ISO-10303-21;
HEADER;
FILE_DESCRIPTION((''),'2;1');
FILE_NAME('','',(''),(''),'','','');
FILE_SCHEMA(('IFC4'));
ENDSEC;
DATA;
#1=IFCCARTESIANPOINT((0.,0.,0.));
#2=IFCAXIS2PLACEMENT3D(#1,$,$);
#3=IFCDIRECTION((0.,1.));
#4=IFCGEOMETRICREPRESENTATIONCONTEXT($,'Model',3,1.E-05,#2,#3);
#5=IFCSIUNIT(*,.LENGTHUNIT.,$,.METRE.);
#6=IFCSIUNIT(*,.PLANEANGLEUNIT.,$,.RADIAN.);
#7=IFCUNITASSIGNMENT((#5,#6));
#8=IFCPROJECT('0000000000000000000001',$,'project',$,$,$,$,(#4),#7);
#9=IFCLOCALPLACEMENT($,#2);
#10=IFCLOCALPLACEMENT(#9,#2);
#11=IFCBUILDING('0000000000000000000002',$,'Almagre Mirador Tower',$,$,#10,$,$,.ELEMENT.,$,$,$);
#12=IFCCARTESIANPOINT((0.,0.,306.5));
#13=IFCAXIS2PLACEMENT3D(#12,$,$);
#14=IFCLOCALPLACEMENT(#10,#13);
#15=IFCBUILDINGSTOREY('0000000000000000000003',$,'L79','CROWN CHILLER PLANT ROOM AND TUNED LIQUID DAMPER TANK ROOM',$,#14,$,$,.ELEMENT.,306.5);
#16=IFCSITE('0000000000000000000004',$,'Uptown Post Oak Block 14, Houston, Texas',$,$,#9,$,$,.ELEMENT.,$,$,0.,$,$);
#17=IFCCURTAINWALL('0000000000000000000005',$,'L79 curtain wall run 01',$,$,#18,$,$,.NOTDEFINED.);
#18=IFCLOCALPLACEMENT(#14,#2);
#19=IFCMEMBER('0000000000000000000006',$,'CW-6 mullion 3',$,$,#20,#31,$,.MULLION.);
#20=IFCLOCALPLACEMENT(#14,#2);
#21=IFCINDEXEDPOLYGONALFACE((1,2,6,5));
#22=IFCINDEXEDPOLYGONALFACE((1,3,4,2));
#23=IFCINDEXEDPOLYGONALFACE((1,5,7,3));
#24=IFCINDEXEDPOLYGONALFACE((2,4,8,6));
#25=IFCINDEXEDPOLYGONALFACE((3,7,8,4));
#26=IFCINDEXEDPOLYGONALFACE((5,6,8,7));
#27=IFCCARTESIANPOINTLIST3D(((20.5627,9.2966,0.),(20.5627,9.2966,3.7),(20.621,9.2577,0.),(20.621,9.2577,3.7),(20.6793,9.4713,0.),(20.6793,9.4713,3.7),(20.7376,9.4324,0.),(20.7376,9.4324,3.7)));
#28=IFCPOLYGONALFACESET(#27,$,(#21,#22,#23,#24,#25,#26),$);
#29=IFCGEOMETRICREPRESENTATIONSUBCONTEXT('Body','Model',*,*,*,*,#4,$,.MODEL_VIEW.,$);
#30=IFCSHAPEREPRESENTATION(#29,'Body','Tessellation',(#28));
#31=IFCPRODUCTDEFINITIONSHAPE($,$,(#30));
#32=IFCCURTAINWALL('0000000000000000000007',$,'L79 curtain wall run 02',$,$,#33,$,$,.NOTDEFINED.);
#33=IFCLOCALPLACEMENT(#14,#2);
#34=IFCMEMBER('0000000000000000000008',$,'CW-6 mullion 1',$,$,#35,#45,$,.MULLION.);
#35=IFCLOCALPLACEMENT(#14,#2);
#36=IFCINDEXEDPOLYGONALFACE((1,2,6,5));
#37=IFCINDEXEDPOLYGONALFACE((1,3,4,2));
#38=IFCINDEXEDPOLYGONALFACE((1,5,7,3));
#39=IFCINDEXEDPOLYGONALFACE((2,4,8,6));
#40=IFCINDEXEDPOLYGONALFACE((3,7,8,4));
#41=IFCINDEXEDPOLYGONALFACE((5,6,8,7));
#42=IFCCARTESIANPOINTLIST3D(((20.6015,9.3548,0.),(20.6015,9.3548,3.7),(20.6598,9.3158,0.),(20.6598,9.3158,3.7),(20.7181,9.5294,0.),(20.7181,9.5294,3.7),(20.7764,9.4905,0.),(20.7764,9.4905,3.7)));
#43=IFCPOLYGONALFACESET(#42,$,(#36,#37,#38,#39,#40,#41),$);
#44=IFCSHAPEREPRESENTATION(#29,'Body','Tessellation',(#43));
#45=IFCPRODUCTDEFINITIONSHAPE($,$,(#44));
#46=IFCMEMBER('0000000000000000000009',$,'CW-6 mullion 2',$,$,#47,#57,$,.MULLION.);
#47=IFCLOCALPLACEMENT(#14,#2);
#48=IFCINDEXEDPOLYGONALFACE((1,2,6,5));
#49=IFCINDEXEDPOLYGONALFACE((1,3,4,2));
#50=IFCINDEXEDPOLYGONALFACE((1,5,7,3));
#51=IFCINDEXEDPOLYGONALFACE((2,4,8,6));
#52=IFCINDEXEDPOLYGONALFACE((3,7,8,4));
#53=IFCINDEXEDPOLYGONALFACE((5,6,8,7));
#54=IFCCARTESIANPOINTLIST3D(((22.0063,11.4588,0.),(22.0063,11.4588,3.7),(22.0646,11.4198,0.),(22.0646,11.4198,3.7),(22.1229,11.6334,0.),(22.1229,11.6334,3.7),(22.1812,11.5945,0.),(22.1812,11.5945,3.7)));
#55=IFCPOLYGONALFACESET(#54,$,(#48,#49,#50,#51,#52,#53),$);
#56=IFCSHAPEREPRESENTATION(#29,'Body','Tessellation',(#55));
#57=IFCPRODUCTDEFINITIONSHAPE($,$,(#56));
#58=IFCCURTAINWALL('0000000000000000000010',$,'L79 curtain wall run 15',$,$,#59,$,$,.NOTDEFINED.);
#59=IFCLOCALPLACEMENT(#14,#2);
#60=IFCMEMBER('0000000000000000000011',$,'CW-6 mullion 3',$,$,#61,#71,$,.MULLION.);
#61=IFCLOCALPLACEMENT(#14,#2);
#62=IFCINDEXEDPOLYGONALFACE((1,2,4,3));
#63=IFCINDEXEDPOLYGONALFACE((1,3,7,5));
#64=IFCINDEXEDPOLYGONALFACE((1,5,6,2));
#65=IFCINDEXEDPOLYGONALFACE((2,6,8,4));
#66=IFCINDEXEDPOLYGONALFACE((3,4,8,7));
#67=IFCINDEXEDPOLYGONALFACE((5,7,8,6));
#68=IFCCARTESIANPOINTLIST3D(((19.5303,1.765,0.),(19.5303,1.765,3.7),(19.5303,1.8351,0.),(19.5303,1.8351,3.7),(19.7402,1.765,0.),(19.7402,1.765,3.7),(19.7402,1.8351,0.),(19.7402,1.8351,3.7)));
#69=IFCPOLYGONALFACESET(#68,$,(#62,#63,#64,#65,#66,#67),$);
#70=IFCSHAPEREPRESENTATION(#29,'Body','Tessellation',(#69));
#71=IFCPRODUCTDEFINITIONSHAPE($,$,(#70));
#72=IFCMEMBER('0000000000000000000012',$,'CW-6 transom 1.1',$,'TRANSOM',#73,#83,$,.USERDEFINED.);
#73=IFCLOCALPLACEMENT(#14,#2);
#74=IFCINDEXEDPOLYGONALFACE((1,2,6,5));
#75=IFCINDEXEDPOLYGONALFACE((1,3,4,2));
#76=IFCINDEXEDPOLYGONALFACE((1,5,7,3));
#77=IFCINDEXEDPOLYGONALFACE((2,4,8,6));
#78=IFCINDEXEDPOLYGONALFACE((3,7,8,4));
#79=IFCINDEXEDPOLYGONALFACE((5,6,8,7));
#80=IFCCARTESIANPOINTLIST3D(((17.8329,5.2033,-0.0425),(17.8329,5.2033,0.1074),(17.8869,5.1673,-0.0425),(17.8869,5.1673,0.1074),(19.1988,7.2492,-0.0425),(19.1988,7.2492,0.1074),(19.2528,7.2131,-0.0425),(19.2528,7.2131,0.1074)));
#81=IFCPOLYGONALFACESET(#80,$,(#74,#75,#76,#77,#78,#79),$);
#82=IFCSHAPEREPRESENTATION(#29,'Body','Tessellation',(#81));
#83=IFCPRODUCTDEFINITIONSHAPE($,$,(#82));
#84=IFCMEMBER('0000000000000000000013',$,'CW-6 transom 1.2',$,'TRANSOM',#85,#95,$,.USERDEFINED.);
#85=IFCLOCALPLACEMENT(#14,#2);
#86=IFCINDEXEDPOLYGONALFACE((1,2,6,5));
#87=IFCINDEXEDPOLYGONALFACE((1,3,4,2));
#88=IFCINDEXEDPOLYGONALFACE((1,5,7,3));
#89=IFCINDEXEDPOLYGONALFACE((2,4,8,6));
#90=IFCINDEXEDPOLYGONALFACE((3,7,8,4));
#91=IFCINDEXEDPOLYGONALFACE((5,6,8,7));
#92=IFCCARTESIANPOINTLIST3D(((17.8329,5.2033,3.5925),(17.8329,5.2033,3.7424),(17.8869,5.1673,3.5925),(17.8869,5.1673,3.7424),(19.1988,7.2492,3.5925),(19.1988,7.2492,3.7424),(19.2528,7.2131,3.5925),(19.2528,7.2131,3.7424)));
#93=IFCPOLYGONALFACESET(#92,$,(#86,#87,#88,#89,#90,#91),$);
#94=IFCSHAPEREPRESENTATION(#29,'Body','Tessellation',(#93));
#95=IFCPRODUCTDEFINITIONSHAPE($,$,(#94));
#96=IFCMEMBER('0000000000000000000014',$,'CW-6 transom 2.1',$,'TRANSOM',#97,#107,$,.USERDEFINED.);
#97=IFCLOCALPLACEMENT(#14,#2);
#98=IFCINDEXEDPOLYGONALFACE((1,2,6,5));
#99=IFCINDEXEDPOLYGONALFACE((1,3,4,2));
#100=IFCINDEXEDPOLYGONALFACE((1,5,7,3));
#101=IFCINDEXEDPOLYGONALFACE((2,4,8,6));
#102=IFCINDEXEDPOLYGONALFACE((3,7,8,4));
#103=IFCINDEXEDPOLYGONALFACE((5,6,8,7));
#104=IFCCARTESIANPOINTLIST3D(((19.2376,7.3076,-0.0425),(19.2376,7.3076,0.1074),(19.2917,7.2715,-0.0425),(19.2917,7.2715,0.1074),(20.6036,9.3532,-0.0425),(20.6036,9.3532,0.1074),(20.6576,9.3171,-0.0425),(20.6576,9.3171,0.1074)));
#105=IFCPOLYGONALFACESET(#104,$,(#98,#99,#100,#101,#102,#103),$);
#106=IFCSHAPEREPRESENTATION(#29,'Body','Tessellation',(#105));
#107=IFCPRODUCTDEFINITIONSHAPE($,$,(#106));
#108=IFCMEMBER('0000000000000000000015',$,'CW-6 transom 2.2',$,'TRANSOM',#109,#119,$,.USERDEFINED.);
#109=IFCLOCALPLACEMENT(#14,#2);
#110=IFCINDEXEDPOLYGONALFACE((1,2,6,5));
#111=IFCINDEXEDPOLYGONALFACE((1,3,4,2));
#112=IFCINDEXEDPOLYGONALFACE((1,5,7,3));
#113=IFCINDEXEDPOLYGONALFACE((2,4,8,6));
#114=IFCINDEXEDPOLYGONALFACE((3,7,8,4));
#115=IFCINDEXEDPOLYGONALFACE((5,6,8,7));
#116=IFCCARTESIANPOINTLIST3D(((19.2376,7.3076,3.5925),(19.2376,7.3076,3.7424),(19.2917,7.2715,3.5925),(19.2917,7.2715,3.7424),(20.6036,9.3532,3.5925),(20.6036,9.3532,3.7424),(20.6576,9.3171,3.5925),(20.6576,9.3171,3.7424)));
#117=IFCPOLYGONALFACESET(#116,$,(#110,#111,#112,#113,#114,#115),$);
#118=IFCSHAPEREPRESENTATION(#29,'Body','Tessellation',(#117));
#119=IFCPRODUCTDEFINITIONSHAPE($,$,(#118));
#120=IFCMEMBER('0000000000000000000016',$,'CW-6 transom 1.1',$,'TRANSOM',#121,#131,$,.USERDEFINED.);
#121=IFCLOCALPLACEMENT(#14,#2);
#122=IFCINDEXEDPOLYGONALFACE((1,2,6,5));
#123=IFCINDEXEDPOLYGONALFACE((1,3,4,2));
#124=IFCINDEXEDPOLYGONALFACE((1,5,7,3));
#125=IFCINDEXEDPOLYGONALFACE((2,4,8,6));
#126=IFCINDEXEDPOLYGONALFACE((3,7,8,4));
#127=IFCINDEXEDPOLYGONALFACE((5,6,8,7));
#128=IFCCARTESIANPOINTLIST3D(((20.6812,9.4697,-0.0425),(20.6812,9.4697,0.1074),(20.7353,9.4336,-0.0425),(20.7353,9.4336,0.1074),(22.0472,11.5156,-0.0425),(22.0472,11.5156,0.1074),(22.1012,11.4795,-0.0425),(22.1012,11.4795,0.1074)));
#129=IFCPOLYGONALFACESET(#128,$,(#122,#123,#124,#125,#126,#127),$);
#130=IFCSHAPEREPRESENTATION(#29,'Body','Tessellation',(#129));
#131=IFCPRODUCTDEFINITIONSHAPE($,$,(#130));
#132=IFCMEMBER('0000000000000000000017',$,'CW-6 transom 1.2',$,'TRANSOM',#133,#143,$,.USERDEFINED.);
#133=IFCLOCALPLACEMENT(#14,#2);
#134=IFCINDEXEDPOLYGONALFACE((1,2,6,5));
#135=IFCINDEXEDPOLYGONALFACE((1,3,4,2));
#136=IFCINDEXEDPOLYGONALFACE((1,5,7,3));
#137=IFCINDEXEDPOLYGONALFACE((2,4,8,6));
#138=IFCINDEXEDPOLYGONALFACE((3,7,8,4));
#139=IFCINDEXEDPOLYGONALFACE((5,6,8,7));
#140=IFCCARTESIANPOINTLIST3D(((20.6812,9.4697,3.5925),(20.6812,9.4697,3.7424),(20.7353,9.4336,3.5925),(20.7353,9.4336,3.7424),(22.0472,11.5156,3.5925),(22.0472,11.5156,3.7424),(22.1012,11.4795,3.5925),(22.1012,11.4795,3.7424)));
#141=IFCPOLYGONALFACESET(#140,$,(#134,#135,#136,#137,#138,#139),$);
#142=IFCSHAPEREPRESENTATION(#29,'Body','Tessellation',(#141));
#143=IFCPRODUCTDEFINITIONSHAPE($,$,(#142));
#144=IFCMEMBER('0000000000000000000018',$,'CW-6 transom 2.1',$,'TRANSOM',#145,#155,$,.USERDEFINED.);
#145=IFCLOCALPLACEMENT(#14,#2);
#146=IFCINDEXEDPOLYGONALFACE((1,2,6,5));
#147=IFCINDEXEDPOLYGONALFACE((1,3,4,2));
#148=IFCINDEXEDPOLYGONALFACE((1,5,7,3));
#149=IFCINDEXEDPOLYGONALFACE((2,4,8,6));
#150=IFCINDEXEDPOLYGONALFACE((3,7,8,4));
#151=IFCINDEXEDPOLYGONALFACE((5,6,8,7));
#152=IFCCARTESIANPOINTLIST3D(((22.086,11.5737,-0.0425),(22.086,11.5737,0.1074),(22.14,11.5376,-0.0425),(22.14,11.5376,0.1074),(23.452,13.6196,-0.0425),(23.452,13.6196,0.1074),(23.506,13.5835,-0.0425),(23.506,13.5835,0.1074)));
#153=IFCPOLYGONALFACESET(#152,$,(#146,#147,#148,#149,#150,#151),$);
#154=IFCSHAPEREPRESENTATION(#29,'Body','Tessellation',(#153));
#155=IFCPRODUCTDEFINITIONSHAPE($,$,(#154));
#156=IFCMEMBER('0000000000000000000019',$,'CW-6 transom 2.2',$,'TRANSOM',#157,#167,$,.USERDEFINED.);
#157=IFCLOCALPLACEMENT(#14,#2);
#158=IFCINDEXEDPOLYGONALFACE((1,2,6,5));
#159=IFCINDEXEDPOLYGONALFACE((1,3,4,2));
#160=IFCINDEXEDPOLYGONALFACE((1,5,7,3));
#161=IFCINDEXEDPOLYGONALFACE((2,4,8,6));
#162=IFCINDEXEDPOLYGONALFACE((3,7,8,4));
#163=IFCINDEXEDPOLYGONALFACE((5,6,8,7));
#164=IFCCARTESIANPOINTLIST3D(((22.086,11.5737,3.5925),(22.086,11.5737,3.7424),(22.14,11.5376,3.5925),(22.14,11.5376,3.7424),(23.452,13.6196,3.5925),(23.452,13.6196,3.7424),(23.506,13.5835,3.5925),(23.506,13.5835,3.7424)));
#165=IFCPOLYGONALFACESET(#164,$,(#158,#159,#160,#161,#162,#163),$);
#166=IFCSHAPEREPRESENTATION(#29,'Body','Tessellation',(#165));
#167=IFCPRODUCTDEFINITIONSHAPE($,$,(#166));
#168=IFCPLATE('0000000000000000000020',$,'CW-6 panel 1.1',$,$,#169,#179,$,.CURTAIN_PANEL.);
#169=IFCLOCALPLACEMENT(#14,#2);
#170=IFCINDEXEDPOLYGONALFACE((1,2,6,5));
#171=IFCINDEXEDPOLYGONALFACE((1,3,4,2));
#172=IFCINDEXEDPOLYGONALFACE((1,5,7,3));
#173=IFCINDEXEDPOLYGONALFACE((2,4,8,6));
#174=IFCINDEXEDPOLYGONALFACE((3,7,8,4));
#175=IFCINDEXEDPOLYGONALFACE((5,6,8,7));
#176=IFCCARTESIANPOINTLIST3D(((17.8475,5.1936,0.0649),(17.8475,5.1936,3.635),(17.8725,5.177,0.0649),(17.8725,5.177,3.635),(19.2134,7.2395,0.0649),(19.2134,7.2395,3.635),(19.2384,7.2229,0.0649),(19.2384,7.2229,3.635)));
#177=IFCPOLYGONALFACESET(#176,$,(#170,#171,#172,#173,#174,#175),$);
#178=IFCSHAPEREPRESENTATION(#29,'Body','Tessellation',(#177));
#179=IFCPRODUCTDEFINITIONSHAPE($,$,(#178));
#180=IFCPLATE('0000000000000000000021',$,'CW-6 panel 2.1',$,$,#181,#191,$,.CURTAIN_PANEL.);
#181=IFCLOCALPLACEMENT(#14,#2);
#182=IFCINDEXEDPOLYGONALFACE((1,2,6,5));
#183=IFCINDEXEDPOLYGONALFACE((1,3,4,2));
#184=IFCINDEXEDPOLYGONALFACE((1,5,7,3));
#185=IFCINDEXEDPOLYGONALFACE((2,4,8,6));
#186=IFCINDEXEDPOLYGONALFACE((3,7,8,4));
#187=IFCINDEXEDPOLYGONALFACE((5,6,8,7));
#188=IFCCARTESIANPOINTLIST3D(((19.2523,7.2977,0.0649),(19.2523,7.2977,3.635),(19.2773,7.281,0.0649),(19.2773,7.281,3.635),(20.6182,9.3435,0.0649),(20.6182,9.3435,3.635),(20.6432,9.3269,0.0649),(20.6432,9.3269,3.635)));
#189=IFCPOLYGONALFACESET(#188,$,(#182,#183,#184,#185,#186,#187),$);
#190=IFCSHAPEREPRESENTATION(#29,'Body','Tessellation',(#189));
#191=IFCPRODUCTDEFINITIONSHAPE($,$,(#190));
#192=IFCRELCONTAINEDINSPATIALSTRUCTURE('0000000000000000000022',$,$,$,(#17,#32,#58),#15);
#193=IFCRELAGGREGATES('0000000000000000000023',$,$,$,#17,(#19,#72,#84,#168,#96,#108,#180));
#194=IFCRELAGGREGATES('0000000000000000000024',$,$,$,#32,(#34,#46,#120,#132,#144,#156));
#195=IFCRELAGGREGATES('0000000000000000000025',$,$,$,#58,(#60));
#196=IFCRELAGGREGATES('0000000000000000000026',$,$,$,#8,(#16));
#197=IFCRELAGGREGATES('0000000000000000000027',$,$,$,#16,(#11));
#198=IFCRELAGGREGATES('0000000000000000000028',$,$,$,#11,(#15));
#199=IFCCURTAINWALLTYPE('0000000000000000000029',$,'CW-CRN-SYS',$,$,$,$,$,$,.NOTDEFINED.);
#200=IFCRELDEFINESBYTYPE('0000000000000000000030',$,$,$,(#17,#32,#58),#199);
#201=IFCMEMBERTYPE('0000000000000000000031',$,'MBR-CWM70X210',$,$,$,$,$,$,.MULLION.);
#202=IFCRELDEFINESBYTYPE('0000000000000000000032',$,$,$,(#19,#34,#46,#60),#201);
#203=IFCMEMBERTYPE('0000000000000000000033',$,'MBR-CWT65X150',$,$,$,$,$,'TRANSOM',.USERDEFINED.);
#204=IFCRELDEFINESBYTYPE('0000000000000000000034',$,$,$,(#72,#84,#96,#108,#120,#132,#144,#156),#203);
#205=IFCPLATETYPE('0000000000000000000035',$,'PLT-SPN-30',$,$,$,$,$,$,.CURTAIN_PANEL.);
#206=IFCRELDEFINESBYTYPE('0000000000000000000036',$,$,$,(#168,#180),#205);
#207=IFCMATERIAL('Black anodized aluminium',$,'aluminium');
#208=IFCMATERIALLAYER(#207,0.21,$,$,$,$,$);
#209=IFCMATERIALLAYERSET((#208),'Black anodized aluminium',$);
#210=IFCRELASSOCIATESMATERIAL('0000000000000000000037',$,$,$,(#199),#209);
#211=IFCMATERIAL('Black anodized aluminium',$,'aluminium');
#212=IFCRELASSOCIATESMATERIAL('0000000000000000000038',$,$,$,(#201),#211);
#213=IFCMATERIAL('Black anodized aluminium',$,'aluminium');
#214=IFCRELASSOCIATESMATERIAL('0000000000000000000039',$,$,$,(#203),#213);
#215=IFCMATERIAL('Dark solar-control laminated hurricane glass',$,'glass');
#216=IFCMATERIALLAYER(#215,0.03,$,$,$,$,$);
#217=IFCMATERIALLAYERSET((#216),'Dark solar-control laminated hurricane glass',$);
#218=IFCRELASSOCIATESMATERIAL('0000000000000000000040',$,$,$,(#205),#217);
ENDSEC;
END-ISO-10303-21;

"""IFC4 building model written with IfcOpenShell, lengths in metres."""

from ifc_helpers import new_model, si_unit, direction, frame, origin, origin_2d, place, context, subcontext, project, spatial, rectangle, extrude, material, layer, layer_set, material_profile, profile_set, type_object, element, aggregate, save


model = new_model("IFC4")

# Units and contexts
model_context = context("Model", 3, precision=1e-05, world=origin(), true_north=direction((0.0, 1.0)))
body_context = subcontext(model_context, "Body", "Model", "MODEL_VIEW")
ifc_project = project(units=[si_unit("LENGTHUNIT", "METRE"), si_unit("PLANEANGLEUNIT", "RADIAN")], contexts=[model_context])

# Site, building, storey
site_placement = place(None, origin())
site = spatial("IfcSite", under=ifc_project, at=site_placement, Name="Uptown Post Oak Block 14, Houston, Texas", CompositionType="ELEMENT", RefElevation=0.0)
building_placement = place(site_placement, origin())
building = spatial("IfcBuilding", under=site, at=building_placement, Name="Almagre Mirador Tower", CompositionType="ELEMENT")
storey_placement = place(building_placement, frame((0.0, 0.0, 306.5)))
storey = spatial("IfcBuildingStorey", under=building, at=storey_placement, Name="L79", Description="CROWN CHILLER PLANT ROOM AND TUNED LIQUID DAMPER TANK ROOM", CompositionType="ELEMENT", Elevation=306.5)

# Curtain walls, members
ifc_material_1 = material(Name="Black anodized aluminium", Category="aluminium")
ifc_layer_1 = layer(ifc_material_1, 0.21)
ifc_layer_set_1 = layer_set([ifc_layer_1], Name="Black anodized aluminium")
curtain_wall_type = type_object("IfcCurtainWallType", Name="CW-CRN-SYS", PredefinedType="NOTDEFINED", material=ifc_layer_set_1)
curtain_wall_1_placement = place(storey_placement, origin())
curtain_wall_1 = element("IfcCurtainWall", 1, at=curtain_wall_1_placement, inside=storey, type_object=curtain_wall_type, Name="L79 curtain wall run 01", PredefinedType="NOTDEFINED")
ifc_material_2 = material(Name="Black anodized aluminium", Category="aluminium")
ifc_material_profile_1 = material_profile(ifc_material_2, rectangle(XDim=0.0701, YDim=0.21, at=origin_2d()), Name="CWM70X210")
ifc_profile_set_1 = profile_set([ifc_material_profile_1], Name="Black anodized aluminium")
member_type_1 = type_object("IfcMemberType", Name="MBR-CWM70X210", PredefinedType="MULLION", material=ifc_profile_set_1)
member_1_placement = place(storey_placement, frame((20.6501, 9.3645, 0.0), z_axis=(0.0, 0.0, 1.0), x_axis=(-0.831672, 0.555267, 0.0)))
member_1 = element("IfcMember", 2, at=member_1_placement, type_object=member_type_1, Name="CW-6 mullion 3", PredefinedType="MULLION", context=body_context, shape_type="SweptSolid", body=[
    extrude(rectangle(XDim=0.0701, YDim=0.21, at=origin_2d()), origin(), (0.0, 0.0, 1.0), 3.7),
])
curtain_wall_2_placement = place(storey_placement, origin())
curtain_wall_2 = element("IfcCurtainWall", 3, at=curtain_wall_2_placement, inside=storey, type_object=curtain_wall_type, Name="L79 curtain wall run 02", PredefinedType="NOTDEFINED")
member_2_placement = place(storey_placement, frame((20.689, 9.4226, 0.0), z_axis=(0.0, 0.0, 1.0), x_axis=(-0.831672, 0.555267, 0.0)))
member_2 = element("IfcMember", 4, at=member_2_placement, type_object=member_type_1, Name="CW-6 mullion 1", PredefinedType="MULLION", context=body_context, shape_type="SweptSolid", body=[
    extrude(rectangle(XDim=0.0701, YDim=0.21, at=origin_2d()), origin(), (0.0, 0.0, 1.0), 3.7),
])
member_3_placement = place(storey_placement, frame((22.0938, 11.5266, 0.0), z_axis=(0.0, 0.0, 1.0), x_axis=(-0.831672, 0.555267, 0.0)))
member_3 = element("IfcMember", 5, at=member_3_placement, type_object=member_type_1, Name="CW-6 mullion 2", PredefinedType="MULLION", context=body_context, shape_type="SweptSolid", body=[
    extrude(rectangle(XDim=0.0701, YDim=0.21, at=origin_2d()), origin(), (0.0, 0.0, 1.0), 3.7),
])

# Curtain wall, member
curtain_wall_3_placement = place(storey_placement, origin())
curtain_wall_3 = element("IfcCurtainWall", 6, at=curtain_wall_3_placement, inside=storey, type_object=curtain_wall_type, Name="L79 curtain wall run 15", PredefinedType="NOTDEFINED")
member_4_placement = place(storey_placement, frame((19.6353, 1.8, 0.0), z_axis=(0.0, 0.0, 1.0), x_axis=(0.0, -1.0, 0.0)))
member_4 = element("IfcMember", 7, at=member_4_placement, type_object=member_type_1, Name="CW-6 mullion 3", PredefinedType="MULLION", context=body_context, shape_type="SweptSolid", body=[
    extrude(rectangle(XDim=0.0701, YDim=0.21, at=origin_2d()), origin(), (0.0, 0.0, 1.0), 3.7),
])

# Members
ifc_material_3 = material(Name="Black anodized aluminium", Category="aluminium")
ifc_material_profile_2 = material_profile(ifc_material_3, rectangle(XDim=0.0649, YDim=0.1499, at=origin_2d()), Name="CWT65X150")
ifc_profile_set_2 = profile_set([ifc_material_profile_2], Name="Black anodized aluminium")
member_type_2 = type_object("IfcMemberType", Name="MBR-CWT65X150", ElementType="TRANSOM", PredefinedType="USERDEFINED", material=ifc_profile_set_2)
member_5_placement = place(storey_placement, frame((17.8599, 5.1853, 0.0325), z_axis=(0.555273, 0.831668, 0.0), x_axis=(-0.831668, 0.555273, 0.0)))
member_5 = element("IfcMember", 8, at=member_5_placement, type_object=member_type_2, Name="CW-6 transom 1.1", ObjectType="TRANSOM", PredefinedType="USERDEFINED", context=body_context, shape_type="SweptSolid", body=[
    extrude(rectangle(XDim=0.0649, YDim=0.1499, at=origin_2d()), origin(), (0.0, 0.0, 1.0), 2.46),
])
member_6_placement = place(storey_placement, frame((17.8599, 5.1853, 3.6675), z_axis=(0.555273, 0.831668, 0.0), x_axis=(-0.831668, 0.555273, 0.0)))
member_6 = element("IfcMember", 9, at=member_6_placement, type_object=member_type_2, Name="CW-6 transom 1.2", ObjectType="TRANSOM", PredefinedType="USERDEFINED", context=body_context, shape_type="SweptSolid", body=[
    extrude(rectangle(XDim=0.0649, YDim=0.1499, at=origin_2d()), origin(), (0.0, 0.0, 1.0), 2.46),
])
member_7_placement = place(storey_placement, frame((19.2646, 7.2896, 0.0325), z_axis=(0.555318, 0.831638, 0.0), x_axis=(-0.831638, 0.555318, 0.0)))
member_7 = element("IfcMember", 10, at=member_7_placement, type_object=member_type_2, Name="CW-6 transom 2.1", ObjectType="TRANSOM", PredefinedType="USERDEFINED", context=body_context, shape_type="SweptSolid", body=[
    extrude(rectangle(XDim=0.0649, YDim=0.1499, at=origin_2d()), origin(), (0.0, 0.0, 1.0), 2.4597),
])
member_8_placement = place(storey_placement, frame((19.2646, 7.2896, 3.6675), z_axis=(0.555318, 0.831638, 0.0), x_axis=(-0.831638, 0.555318, 0.0)))
member_8 = element("IfcMember", 11, at=member_8_placement, type_object=member_type_2, Name="CW-6 transom 2.2", ObjectType="TRANSOM", PredefinedType="USERDEFINED", context=body_context, shape_type="SweptSolid", body=[
    extrude(rectangle(XDim=0.0649, YDim=0.1499, at=origin_2d()), origin(), (0.0, 0.0, 1.0), 2.4597),
])
member_9_placement = place(storey_placement, frame((20.7083, 9.4517, 0.0325), z_axis=(0.555273, 0.831668, 0.0), x_axis=(-0.831668, 0.555273, 0.0)))
member_9 = element("IfcMember", 12, at=member_9_placement, type_object=member_type_2, Name="CW-6 transom 1.1", ObjectType="TRANSOM", PredefinedType="USERDEFINED", context=body_context, shape_type="SweptSolid", body=[
    extrude(rectangle(XDim=0.0649, YDim=0.1499, at=origin_2d()), origin(), (0.0, 0.0, 1.0), 2.46),
])
member_10_placement = place(storey_placement, frame((20.7083, 9.4517, 3.6675), z_axis=(0.555273, 0.831668, 0.0), x_axis=(-0.831668, 0.555273, 0.0)))
member_10 = element("IfcMember", 13, at=member_10_placement, type_object=member_type_2, Name="CW-6 transom 1.2", ObjectType="TRANSOM", PredefinedType="USERDEFINED", context=body_context, shape_type="SweptSolid", body=[
    extrude(rectangle(XDim=0.0649, YDim=0.1499, at=origin_2d()), origin(), (0.0, 0.0, 1.0), 2.46),
])
member_11_placement = place(storey_placement, frame((22.113, 11.5557, 0.0325), z_axis=(0.555273, 0.831668, 0.0), x_axis=(-0.831668, 0.555273, 0.0)))
member_11 = element("IfcMember", 14, at=member_11_placement, type_object=member_type_2, Name="CW-6 transom 2.1", ObjectType="TRANSOM", PredefinedType="USERDEFINED", context=body_context, shape_type="SweptSolid", body=[
    extrude(rectangle(XDim=0.0649, YDim=0.1499, at=origin_2d()), origin(), (0.0, 0.0, 1.0), 2.46),
])
member_12_placement = place(storey_placement, frame((22.113, 11.5557, 3.6675), z_axis=(0.555273, 0.831668, 0.0), x_axis=(-0.831668, 0.555273, 0.0)))
member_12 = element("IfcMember", 15, at=member_12_placement, type_object=member_type_2, Name="CW-6 transom 2.2", ObjectType="TRANSOM", PredefinedType="USERDEFINED", context=body_context, shape_type="SweptSolid", body=[
    extrude(rectangle(XDim=0.0649, YDim=0.1499, at=origin_2d()), origin(), (0.0, 0.0, 1.0), 2.46),
])

# Plates
ifc_material_4 = material(Name="Dark solar-control laminated hurricane glass", Category="glass")
ifc_layer_2 = layer(ifc_material_4, 0.03)
ifc_layer_set_2 = layer_set([ifc_layer_2], Name="Dark solar-control laminated hurricane glass")
plate_type = type_object("IfcPlateType", Name="PLT-SPN-30", PredefinedType="CURTAIN_PANEL", material=ifc_layer_set_2)
plate_1_placement = place(storey_placement, frame((18.543, 6.2083, 0.0649), z_axis=(0.0, 0.0, 1.0), x_axis=(0.555267, 0.831672, 0.0)))
plate_1 = element("IfcPlate", 16, at=plate_1_placement, type_object=plate_type, Name="CW-6 panel 1.1", PredefinedType="CURTAIN_PANEL", context=body_context, shape_type="SweptSolid", body=[
    extrude(rectangle(XDim=2.46, YDim=0.03, at=origin_2d()), origin(), (0.0, 0.0, 1.0), 3.5701),
])
plate_2_placement = place(storey_placement, frame((19.9478, 8.3123, 0.0649), z_axis=(0.0, 0.0, 1.0), x_axis=(0.555267, 0.831672, 0.0)))
plate_2 = element("IfcPlate", 17, at=plate_2_placement, type_object=plate_type, Name="CW-6 panel 2.1", PredefinedType="CURTAIN_PANEL", context=body_context, shape_type="SweptSolid", body=[
    extrude(rectangle(XDim=2.46, YDim=0.03, at=origin_2d()), origin(), (0.0, 0.0, 1.0), 3.5701),
])
aggregate(curtain_wall_1, [member_1, member_5, member_6, plate_1, member_7, member_8, plate_2])
aggregate(curtain_wall_2, [member_2, member_3, member_9, member_10, member_11, member_12])
aggregate(curtain_wall_3, [member_4])

save(model, "model.ifc")
